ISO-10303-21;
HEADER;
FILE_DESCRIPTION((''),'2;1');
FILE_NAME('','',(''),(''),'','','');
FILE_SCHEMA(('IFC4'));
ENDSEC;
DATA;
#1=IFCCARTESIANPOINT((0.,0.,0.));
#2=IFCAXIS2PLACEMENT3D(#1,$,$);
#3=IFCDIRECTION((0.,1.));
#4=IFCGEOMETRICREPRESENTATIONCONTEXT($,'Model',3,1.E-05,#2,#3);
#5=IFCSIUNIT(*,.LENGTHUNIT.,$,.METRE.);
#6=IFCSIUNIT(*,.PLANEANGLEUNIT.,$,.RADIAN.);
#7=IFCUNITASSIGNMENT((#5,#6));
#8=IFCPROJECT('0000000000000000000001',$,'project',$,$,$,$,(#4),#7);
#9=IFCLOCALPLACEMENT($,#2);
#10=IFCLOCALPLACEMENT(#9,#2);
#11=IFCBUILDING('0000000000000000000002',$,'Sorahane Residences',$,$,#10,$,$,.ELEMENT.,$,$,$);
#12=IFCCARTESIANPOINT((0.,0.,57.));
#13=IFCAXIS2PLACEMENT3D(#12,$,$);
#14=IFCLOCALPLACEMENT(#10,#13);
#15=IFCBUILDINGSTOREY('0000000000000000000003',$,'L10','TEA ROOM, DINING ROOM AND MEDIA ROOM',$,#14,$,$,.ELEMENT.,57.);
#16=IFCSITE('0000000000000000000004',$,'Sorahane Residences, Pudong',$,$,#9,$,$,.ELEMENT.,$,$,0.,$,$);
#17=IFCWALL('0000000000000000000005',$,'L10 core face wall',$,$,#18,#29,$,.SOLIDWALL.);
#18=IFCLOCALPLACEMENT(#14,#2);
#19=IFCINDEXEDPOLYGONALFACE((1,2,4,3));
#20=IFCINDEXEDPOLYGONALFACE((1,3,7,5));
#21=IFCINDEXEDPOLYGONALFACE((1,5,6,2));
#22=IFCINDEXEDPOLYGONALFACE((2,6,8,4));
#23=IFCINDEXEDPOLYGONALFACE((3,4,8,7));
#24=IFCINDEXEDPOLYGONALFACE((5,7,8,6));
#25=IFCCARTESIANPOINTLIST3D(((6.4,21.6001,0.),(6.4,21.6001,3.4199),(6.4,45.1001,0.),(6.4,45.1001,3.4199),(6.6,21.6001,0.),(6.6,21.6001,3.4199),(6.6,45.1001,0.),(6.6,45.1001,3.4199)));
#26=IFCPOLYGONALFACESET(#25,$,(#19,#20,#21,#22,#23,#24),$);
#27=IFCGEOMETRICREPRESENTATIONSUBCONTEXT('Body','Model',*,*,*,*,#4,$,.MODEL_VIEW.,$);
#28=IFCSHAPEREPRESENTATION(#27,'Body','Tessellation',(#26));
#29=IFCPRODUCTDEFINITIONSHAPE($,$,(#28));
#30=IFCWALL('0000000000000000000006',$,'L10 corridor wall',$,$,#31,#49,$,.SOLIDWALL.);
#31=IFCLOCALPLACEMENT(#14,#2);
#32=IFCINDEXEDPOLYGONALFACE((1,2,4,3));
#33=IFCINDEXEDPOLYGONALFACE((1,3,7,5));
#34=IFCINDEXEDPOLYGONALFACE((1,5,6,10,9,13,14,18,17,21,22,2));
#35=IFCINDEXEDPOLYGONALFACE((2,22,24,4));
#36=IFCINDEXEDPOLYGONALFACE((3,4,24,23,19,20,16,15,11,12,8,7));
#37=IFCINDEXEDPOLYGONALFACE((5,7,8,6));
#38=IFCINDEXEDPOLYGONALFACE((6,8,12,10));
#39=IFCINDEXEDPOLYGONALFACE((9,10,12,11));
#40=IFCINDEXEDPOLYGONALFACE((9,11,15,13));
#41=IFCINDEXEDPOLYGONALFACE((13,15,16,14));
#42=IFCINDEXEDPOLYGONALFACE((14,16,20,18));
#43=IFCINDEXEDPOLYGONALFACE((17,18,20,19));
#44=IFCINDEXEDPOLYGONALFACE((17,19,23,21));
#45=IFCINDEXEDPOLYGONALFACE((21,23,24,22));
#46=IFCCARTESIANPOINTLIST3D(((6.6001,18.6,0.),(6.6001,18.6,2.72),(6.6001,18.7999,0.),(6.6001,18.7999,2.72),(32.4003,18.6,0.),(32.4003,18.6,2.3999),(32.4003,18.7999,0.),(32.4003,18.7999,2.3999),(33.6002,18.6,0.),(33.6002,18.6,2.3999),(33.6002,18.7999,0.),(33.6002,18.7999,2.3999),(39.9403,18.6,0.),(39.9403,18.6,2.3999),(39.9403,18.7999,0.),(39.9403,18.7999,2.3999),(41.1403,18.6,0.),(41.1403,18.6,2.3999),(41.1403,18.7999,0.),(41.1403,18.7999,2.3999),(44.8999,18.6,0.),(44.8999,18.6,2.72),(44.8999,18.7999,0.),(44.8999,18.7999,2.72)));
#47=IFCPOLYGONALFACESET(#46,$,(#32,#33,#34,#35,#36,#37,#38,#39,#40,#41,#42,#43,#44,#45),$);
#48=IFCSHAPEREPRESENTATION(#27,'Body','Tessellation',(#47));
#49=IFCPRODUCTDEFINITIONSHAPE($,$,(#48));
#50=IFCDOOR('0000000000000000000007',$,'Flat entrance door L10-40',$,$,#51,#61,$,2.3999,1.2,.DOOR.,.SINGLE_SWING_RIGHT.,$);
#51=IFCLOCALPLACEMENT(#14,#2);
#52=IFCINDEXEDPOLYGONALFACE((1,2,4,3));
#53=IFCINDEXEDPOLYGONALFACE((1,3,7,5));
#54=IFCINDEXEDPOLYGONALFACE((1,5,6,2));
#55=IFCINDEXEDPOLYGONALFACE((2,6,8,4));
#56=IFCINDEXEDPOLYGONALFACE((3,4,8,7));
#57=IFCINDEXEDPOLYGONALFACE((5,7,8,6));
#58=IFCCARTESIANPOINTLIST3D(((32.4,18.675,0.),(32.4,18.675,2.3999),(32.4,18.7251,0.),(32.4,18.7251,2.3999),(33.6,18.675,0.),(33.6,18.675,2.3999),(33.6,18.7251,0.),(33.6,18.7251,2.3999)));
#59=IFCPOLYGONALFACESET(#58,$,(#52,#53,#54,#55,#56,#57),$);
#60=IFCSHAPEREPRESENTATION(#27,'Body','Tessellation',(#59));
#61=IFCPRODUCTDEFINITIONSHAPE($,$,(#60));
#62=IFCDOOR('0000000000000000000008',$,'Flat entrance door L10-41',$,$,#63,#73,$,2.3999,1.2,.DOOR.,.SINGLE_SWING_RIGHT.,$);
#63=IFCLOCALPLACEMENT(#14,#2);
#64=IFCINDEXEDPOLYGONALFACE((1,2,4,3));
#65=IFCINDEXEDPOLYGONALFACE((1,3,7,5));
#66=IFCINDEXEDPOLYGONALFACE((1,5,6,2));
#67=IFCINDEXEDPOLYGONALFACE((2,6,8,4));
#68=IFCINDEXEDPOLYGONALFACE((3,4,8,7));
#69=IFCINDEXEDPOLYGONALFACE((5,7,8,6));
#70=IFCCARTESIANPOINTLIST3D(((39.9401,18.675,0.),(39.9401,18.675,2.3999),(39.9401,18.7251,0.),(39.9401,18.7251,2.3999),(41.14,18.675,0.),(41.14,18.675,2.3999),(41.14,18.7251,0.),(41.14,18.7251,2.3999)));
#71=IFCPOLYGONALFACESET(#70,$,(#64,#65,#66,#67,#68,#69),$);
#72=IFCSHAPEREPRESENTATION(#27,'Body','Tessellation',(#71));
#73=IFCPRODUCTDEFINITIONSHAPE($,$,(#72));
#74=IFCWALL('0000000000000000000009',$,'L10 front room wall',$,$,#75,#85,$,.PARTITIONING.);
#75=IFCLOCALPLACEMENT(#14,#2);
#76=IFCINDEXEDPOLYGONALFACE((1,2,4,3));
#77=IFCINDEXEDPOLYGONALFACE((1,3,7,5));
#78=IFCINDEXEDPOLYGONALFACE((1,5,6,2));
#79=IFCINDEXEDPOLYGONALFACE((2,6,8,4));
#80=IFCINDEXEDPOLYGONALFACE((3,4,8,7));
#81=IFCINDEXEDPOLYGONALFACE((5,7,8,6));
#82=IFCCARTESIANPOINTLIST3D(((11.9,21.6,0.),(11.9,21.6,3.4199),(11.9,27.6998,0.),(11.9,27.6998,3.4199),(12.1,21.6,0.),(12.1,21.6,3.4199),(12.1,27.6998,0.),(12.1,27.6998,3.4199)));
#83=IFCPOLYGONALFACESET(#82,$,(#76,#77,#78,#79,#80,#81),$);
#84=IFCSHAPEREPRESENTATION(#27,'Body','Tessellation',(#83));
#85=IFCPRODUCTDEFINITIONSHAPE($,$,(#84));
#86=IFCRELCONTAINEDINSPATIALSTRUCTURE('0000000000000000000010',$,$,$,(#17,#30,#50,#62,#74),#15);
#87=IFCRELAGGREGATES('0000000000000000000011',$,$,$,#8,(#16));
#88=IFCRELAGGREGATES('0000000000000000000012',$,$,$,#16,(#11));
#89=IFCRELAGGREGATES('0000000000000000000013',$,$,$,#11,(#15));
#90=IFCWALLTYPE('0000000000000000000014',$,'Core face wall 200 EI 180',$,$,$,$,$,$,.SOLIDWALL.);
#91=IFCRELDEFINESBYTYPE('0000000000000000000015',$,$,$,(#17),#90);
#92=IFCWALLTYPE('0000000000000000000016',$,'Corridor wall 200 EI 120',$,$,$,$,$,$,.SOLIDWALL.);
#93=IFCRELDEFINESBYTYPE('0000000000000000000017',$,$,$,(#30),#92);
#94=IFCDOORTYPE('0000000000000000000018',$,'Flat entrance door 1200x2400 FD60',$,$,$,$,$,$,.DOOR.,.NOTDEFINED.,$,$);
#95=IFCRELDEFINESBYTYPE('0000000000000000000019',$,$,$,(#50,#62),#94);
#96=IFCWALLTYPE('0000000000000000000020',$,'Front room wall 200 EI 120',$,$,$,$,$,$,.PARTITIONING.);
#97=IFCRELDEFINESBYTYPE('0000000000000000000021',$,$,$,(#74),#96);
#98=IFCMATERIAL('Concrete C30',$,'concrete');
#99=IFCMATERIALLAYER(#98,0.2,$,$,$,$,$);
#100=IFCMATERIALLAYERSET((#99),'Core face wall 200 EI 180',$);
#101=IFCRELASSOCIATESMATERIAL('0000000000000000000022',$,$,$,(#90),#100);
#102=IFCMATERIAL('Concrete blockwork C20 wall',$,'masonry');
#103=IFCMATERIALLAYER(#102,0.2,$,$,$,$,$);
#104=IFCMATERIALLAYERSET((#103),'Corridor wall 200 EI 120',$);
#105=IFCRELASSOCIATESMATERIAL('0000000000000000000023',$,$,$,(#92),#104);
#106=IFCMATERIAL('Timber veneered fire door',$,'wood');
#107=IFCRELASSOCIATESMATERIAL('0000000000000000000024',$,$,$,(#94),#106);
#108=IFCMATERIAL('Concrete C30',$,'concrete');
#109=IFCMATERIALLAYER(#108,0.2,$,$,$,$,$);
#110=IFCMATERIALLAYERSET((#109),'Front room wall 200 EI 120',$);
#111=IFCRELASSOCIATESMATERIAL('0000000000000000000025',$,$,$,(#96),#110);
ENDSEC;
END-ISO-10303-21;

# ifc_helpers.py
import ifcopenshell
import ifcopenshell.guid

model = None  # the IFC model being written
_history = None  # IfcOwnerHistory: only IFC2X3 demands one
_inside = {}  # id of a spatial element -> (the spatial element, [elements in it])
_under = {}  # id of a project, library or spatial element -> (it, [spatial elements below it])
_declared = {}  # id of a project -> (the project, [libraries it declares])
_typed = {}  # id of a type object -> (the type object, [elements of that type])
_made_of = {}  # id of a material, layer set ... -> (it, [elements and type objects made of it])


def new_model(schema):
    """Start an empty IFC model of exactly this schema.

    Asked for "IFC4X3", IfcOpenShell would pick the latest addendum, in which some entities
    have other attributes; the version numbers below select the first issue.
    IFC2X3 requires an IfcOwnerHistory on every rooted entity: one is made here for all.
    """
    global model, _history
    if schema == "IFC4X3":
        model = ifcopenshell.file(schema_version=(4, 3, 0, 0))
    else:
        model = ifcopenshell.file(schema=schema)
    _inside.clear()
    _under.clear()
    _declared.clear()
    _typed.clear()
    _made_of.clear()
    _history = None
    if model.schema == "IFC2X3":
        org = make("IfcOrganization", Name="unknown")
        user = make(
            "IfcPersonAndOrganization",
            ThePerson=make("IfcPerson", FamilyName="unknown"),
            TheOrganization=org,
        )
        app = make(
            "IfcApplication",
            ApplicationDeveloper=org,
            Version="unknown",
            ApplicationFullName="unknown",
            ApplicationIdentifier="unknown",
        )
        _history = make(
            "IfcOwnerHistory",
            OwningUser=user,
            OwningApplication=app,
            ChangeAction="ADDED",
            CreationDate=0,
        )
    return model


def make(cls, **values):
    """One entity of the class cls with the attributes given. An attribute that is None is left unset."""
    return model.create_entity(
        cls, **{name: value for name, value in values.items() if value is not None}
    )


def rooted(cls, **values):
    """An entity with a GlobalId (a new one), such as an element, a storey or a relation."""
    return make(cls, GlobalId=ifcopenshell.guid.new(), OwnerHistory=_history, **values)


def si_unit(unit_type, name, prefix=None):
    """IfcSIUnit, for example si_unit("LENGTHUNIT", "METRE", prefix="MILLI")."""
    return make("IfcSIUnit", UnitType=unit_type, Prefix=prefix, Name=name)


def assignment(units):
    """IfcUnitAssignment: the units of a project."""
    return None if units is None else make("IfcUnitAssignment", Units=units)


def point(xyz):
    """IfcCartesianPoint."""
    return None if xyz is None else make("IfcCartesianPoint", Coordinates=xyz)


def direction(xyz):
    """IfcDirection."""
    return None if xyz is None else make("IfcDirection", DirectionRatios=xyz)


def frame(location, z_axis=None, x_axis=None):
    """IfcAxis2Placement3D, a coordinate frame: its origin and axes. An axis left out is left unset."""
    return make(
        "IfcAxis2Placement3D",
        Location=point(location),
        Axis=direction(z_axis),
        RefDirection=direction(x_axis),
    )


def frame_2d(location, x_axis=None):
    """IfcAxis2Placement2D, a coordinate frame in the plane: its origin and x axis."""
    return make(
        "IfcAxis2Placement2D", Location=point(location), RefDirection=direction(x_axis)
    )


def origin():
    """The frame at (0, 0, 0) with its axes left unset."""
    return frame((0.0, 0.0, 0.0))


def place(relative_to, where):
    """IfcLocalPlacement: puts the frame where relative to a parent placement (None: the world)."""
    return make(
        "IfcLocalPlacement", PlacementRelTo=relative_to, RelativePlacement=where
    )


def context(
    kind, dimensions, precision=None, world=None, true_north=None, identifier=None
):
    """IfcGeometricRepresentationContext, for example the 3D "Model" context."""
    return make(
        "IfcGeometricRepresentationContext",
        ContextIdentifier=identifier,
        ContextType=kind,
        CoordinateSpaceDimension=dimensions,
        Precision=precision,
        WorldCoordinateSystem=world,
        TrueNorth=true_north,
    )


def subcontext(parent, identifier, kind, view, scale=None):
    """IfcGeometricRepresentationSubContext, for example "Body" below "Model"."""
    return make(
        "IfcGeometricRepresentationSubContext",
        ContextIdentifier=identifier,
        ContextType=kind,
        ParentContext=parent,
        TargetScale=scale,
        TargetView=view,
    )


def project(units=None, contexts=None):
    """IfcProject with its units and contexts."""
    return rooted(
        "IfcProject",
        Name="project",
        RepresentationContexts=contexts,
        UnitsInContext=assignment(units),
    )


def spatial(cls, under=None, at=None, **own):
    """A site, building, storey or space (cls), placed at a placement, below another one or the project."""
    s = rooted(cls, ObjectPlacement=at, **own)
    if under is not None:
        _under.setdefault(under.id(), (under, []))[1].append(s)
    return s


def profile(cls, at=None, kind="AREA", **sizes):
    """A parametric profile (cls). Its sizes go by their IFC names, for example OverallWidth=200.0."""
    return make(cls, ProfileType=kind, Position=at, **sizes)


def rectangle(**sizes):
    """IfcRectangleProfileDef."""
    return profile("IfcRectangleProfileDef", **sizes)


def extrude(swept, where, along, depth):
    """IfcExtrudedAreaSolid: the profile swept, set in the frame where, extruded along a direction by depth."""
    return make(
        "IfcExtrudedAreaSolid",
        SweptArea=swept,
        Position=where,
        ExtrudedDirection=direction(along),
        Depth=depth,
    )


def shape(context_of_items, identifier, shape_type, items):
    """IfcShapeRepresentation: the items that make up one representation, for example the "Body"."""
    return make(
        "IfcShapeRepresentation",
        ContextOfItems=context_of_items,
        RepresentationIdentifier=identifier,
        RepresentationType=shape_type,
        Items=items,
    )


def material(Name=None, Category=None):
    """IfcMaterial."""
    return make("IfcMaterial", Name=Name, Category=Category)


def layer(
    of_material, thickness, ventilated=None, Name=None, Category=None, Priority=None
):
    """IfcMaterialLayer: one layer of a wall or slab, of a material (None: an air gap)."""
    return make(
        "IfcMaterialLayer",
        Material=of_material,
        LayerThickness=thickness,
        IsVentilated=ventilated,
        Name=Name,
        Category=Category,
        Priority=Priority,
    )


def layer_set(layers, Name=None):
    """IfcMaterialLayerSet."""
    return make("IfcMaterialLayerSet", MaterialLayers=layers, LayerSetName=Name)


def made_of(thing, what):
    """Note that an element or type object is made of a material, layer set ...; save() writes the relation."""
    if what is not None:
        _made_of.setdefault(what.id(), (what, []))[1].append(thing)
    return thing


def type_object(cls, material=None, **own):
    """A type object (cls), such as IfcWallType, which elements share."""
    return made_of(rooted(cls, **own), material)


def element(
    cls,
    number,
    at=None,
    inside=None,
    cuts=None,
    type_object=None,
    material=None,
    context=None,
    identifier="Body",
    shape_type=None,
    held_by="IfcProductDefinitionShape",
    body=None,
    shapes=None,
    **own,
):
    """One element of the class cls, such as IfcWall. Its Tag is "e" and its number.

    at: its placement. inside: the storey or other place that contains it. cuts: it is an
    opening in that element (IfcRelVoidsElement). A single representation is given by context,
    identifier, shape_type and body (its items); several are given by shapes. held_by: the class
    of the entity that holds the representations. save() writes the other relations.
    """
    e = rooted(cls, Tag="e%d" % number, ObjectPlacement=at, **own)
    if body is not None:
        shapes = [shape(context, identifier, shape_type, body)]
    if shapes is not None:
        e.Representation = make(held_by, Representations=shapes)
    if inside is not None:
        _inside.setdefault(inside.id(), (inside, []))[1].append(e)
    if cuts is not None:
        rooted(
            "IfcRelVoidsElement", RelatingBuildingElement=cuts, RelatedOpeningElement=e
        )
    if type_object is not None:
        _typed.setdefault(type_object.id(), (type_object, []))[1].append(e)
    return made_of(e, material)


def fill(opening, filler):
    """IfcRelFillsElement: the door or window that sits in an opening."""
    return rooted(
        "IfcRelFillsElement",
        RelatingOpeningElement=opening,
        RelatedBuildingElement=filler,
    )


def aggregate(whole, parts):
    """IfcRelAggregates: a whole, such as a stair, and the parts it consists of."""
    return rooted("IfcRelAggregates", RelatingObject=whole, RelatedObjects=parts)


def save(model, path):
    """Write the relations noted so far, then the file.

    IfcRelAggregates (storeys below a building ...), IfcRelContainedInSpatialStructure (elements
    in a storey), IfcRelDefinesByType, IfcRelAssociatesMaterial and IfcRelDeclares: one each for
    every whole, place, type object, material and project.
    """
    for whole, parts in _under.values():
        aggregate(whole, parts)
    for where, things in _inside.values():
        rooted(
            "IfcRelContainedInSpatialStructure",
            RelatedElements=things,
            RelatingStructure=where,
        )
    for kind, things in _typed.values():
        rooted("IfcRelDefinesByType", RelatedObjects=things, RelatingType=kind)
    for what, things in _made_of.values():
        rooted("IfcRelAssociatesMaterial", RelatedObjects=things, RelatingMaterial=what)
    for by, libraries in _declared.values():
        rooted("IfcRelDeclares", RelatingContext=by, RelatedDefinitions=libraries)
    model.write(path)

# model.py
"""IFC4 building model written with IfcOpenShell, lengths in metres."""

from ifc_helpers import new_model, si_unit, direction, frame, frame_2d, origin, place, context, subcontext, project, spatial, rectangle, extrude, material, layer, layer_set, type_object, element, fill, save


model = new_model("IFC4")

# Units and contexts
model_context = context("Model", 3, precision=1e-05, world=origin(), true_north=direction((0.0, 1.0)))
body_context = subcontext(model_context, "Body", "Model", "MODEL_VIEW")
ifc_project = project(units=[si_unit("LENGTHUNIT", "METRE"), si_unit("PLANEANGLEUNIT", "RADIAN")], contexts=[model_context])

# Site, building, storey
site_placement = place(None, origin())
site = spatial("IfcSite", under=ifc_project, at=site_placement, Name="Sorahane Residences, Pudong", CompositionType="ELEMENT", RefElevation=0.0)
building_placement = place(site_placement, origin())
building = spatial("IfcBuilding", under=site, at=building_placement, Name="Sorahane Residences", CompositionType="ELEMENT")
storey_placement = place(building_placement, frame((0.0, 0.0, 57.0)))
storey = spatial("IfcBuildingStorey", under=building, at=storey_placement, Name="L10", Description="TEA ROOM, DINING ROOM AND MEDIA ROOM", CompositionType="ELEMENT", Elevation=57.0)

# Wall
ifc_material_1 = material(Name="Concrete C30", Category="concrete")
ifc_layer_1 = layer(ifc_material_1, 0.2)
ifc_layer_set_1 = layer_set([ifc_layer_1], Name="Core face wall 200 EI 180")
wall_type_1 = type_object("IfcWallType", Name="Core face wall 200 EI 180", PredefinedType="SOLIDWALL", material=ifc_layer_set_1)
wall_1_placement = place(storey_placement, frame((6.5, 21.6001, 0.0), z_axis=(0.0, 0.0, 1.0), x_axis=(0.0, 1.0, 0.0)))
element("IfcWall", 1, at=wall_1_placement, inside=storey, type_object=wall_type_1, Name="L10 core face wall", PredefinedType="SOLIDWALL", context=body_context, shape_type="SweptSolid", body=[
    extrude(rectangle(XDim=23.5, YDim=0.2, at=frame_2d((11.75, 0.0))), origin(), (0.0, 0.0, 1.0), 3.4199),
])

# Wall, openings, doors
ifc_material_2 = material(Name="Concrete blockwork C20 wall", Category="masonry")
ifc_layer_2 = layer(ifc_material_2, 0.2)
ifc_layer_set_2 = layer_set([ifc_layer_2], Name="Corridor wall 200 EI 120")
wall_type_2 = type_object("IfcWallType", Name="Corridor wall 200 EI 120", PredefinedType="SOLIDWALL", material=ifc_layer_set_2)
wall_2_placement = place(storey_placement, frame((6.6001, 18.7, 0.0), z_axis=(0.0, 0.0, 1.0), x_axis=(1.0, 0.0, 0.0)))
wall_2 = element("IfcWall", 2, at=wall_2_placement, inside=storey, type_object=wall_type_2, Name="L10 corridor wall", PredefinedType="SOLIDWALL", context=body_context, shape_type="SweptSolid", body=[
    extrude(rectangle(XDim=38.2998, YDim=0.2, at=frame_2d((19.1499, 0.0))), origin(), (0.0, 0.0, 1.0), 2.72),
])
opening_1_placement = place(wall_2_placement, frame((25.8, 0.0, 0.0)))
opening_1 = element("IfcOpeningElement", 3, at=opening_1_placement, cuts=wall_2, PredefinedType="OPENING", context=body_context, shape_type="SweptSolid", body=[
    extrude(rectangle(XDim=1.2, YDim=2.3999, at=frame_2d((0.6001, 1.2))), frame((0.0, 0.1099, 0.0), z_axis=(0.0, -1.0, 0.0), x_axis=(1.0, 0.0, 0.0)), (0.0, 0.0, 1.0), 0.22),
])
opening_2_placement = place(wall_2_placement, frame((33.3401, 0.0, 0.0)))
opening_2 = element("IfcOpeningElement", 4, at=opening_2_placement, cuts=wall_2, PredefinedType="OPENING", context=body_context, shape_type="SweptSolid", body=[
    extrude(rectangle(XDim=1.2, YDim=2.3999, at=frame_2d((0.6001, 1.2))), frame((0.0, 0.1099, 0.0), z_axis=(0.0, -1.0, 0.0), x_axis=(1.0, 0.0, 0.0)), (0.0, 0.0, 1.0), 0.22),
])
ifc_material_3 = material(Name="Timber veneered fire door", Category="wood")
door_type_1 = type_object("IfcDoorType", Name="Flat entrance door 1200x2400 FD60", OperationType="NOTDEFINED", PredefinedType="DOOR", material=ifc_material_3)
door_1_placement = place(opening_1_placement, frame((1.2, 0.0, 0.0), z_axis=(0.0, 0.0, 1.0), x_axis=(-1.0, 0.0, 0.0)))
door_1 = element("IfcDoor", 5, at=door_1_placement, inside=storey, type_object=door_type_1, Name="Flat entrance door L10-40", OperationType="SINGLE_SWING_RIGHT", OverallHeight=2.3999, OverallWidth=1.2, PredefinedType="DOOR", context=body_context, shape_type="SweptSolid", body=[
    extrude(rectangle(XDim=1.2, YDim=2.3999, at=frame_2d((0.6001, 1.2))), frame((0.0, 0.0249, 0.0), z_axis=(0.0, -1.0, 0.0), x_axis=(1.0, 0.0, 0.0)), (0.0, 0.0, 1.0), 0.05),
])
fill(opening_1, door_1)
door_2_placement = place(opening_2_placement, frame((1.2, 0.0, 0.0), z_axis=(0.0, 0.0, 1.0), x_axis=(-1.0, 0.0, 0.0)))
door_2 = element("IfcDoor", 6, at=door_2_placement, inside=storey, type_object=door_type_1, Name="Flat entrance door L10-41", OperationType="SINGLE_SWING_RIGHT", OverallHeight=2.3999, OverallWidth=1.2, PredefinedType="DOOR", context=body_context, shape_type="SweptSolid", body=[
    extrude(rectangle(XDim=1.2, YDim=2.3999, at=frame_2d((0.6001, 1.2))), frame((0.0, 0.0249, 0.0), z_axis=(0.0, -1.0, 0.0), x_axis=(1.0, 0.0, 0.0)), (0.0, 0.0, 1.0), 0.05),
])
fill(opening_2, door_2)

# Wall
ifc_material_4 = material(Name="Concrete C30", Category="concrete")
ifc_layer_3 = layer(ifc_material_4, 0.2)
ifc_layer_set_3 = layer_set([ifc_layer_3], Name="Front room wall 200 EI 120")
wall_type_3 = type_object("IfcWallType", Name="Front room wall 200 EI 120", PredefinedType="PARTITIONING", material=ifc_layer_set_3)
wall_3_placement = place(storey_placement, frame((12.0, 21.6001, 0.0), z_axis=(0.0, 0.0, 1.0), x_axis=(0.0, 1.0, 0.0)))
element("IfcWall", 7, at=wall_3_placement, inside=storey, type_object=wall_type_3, Name="L10 front room wall", PredefinedType="PARTITIONING", context=body_context, shape_type="SweptSolid", body=[
    extrude(rectangle(XDim=6.0999, YDim=0.2, at=frame_2d((3.0498, 0.0))), origin(), (0.0, 0.0, 1.0), 3.4199),
])

save(model, "model.ifc")
